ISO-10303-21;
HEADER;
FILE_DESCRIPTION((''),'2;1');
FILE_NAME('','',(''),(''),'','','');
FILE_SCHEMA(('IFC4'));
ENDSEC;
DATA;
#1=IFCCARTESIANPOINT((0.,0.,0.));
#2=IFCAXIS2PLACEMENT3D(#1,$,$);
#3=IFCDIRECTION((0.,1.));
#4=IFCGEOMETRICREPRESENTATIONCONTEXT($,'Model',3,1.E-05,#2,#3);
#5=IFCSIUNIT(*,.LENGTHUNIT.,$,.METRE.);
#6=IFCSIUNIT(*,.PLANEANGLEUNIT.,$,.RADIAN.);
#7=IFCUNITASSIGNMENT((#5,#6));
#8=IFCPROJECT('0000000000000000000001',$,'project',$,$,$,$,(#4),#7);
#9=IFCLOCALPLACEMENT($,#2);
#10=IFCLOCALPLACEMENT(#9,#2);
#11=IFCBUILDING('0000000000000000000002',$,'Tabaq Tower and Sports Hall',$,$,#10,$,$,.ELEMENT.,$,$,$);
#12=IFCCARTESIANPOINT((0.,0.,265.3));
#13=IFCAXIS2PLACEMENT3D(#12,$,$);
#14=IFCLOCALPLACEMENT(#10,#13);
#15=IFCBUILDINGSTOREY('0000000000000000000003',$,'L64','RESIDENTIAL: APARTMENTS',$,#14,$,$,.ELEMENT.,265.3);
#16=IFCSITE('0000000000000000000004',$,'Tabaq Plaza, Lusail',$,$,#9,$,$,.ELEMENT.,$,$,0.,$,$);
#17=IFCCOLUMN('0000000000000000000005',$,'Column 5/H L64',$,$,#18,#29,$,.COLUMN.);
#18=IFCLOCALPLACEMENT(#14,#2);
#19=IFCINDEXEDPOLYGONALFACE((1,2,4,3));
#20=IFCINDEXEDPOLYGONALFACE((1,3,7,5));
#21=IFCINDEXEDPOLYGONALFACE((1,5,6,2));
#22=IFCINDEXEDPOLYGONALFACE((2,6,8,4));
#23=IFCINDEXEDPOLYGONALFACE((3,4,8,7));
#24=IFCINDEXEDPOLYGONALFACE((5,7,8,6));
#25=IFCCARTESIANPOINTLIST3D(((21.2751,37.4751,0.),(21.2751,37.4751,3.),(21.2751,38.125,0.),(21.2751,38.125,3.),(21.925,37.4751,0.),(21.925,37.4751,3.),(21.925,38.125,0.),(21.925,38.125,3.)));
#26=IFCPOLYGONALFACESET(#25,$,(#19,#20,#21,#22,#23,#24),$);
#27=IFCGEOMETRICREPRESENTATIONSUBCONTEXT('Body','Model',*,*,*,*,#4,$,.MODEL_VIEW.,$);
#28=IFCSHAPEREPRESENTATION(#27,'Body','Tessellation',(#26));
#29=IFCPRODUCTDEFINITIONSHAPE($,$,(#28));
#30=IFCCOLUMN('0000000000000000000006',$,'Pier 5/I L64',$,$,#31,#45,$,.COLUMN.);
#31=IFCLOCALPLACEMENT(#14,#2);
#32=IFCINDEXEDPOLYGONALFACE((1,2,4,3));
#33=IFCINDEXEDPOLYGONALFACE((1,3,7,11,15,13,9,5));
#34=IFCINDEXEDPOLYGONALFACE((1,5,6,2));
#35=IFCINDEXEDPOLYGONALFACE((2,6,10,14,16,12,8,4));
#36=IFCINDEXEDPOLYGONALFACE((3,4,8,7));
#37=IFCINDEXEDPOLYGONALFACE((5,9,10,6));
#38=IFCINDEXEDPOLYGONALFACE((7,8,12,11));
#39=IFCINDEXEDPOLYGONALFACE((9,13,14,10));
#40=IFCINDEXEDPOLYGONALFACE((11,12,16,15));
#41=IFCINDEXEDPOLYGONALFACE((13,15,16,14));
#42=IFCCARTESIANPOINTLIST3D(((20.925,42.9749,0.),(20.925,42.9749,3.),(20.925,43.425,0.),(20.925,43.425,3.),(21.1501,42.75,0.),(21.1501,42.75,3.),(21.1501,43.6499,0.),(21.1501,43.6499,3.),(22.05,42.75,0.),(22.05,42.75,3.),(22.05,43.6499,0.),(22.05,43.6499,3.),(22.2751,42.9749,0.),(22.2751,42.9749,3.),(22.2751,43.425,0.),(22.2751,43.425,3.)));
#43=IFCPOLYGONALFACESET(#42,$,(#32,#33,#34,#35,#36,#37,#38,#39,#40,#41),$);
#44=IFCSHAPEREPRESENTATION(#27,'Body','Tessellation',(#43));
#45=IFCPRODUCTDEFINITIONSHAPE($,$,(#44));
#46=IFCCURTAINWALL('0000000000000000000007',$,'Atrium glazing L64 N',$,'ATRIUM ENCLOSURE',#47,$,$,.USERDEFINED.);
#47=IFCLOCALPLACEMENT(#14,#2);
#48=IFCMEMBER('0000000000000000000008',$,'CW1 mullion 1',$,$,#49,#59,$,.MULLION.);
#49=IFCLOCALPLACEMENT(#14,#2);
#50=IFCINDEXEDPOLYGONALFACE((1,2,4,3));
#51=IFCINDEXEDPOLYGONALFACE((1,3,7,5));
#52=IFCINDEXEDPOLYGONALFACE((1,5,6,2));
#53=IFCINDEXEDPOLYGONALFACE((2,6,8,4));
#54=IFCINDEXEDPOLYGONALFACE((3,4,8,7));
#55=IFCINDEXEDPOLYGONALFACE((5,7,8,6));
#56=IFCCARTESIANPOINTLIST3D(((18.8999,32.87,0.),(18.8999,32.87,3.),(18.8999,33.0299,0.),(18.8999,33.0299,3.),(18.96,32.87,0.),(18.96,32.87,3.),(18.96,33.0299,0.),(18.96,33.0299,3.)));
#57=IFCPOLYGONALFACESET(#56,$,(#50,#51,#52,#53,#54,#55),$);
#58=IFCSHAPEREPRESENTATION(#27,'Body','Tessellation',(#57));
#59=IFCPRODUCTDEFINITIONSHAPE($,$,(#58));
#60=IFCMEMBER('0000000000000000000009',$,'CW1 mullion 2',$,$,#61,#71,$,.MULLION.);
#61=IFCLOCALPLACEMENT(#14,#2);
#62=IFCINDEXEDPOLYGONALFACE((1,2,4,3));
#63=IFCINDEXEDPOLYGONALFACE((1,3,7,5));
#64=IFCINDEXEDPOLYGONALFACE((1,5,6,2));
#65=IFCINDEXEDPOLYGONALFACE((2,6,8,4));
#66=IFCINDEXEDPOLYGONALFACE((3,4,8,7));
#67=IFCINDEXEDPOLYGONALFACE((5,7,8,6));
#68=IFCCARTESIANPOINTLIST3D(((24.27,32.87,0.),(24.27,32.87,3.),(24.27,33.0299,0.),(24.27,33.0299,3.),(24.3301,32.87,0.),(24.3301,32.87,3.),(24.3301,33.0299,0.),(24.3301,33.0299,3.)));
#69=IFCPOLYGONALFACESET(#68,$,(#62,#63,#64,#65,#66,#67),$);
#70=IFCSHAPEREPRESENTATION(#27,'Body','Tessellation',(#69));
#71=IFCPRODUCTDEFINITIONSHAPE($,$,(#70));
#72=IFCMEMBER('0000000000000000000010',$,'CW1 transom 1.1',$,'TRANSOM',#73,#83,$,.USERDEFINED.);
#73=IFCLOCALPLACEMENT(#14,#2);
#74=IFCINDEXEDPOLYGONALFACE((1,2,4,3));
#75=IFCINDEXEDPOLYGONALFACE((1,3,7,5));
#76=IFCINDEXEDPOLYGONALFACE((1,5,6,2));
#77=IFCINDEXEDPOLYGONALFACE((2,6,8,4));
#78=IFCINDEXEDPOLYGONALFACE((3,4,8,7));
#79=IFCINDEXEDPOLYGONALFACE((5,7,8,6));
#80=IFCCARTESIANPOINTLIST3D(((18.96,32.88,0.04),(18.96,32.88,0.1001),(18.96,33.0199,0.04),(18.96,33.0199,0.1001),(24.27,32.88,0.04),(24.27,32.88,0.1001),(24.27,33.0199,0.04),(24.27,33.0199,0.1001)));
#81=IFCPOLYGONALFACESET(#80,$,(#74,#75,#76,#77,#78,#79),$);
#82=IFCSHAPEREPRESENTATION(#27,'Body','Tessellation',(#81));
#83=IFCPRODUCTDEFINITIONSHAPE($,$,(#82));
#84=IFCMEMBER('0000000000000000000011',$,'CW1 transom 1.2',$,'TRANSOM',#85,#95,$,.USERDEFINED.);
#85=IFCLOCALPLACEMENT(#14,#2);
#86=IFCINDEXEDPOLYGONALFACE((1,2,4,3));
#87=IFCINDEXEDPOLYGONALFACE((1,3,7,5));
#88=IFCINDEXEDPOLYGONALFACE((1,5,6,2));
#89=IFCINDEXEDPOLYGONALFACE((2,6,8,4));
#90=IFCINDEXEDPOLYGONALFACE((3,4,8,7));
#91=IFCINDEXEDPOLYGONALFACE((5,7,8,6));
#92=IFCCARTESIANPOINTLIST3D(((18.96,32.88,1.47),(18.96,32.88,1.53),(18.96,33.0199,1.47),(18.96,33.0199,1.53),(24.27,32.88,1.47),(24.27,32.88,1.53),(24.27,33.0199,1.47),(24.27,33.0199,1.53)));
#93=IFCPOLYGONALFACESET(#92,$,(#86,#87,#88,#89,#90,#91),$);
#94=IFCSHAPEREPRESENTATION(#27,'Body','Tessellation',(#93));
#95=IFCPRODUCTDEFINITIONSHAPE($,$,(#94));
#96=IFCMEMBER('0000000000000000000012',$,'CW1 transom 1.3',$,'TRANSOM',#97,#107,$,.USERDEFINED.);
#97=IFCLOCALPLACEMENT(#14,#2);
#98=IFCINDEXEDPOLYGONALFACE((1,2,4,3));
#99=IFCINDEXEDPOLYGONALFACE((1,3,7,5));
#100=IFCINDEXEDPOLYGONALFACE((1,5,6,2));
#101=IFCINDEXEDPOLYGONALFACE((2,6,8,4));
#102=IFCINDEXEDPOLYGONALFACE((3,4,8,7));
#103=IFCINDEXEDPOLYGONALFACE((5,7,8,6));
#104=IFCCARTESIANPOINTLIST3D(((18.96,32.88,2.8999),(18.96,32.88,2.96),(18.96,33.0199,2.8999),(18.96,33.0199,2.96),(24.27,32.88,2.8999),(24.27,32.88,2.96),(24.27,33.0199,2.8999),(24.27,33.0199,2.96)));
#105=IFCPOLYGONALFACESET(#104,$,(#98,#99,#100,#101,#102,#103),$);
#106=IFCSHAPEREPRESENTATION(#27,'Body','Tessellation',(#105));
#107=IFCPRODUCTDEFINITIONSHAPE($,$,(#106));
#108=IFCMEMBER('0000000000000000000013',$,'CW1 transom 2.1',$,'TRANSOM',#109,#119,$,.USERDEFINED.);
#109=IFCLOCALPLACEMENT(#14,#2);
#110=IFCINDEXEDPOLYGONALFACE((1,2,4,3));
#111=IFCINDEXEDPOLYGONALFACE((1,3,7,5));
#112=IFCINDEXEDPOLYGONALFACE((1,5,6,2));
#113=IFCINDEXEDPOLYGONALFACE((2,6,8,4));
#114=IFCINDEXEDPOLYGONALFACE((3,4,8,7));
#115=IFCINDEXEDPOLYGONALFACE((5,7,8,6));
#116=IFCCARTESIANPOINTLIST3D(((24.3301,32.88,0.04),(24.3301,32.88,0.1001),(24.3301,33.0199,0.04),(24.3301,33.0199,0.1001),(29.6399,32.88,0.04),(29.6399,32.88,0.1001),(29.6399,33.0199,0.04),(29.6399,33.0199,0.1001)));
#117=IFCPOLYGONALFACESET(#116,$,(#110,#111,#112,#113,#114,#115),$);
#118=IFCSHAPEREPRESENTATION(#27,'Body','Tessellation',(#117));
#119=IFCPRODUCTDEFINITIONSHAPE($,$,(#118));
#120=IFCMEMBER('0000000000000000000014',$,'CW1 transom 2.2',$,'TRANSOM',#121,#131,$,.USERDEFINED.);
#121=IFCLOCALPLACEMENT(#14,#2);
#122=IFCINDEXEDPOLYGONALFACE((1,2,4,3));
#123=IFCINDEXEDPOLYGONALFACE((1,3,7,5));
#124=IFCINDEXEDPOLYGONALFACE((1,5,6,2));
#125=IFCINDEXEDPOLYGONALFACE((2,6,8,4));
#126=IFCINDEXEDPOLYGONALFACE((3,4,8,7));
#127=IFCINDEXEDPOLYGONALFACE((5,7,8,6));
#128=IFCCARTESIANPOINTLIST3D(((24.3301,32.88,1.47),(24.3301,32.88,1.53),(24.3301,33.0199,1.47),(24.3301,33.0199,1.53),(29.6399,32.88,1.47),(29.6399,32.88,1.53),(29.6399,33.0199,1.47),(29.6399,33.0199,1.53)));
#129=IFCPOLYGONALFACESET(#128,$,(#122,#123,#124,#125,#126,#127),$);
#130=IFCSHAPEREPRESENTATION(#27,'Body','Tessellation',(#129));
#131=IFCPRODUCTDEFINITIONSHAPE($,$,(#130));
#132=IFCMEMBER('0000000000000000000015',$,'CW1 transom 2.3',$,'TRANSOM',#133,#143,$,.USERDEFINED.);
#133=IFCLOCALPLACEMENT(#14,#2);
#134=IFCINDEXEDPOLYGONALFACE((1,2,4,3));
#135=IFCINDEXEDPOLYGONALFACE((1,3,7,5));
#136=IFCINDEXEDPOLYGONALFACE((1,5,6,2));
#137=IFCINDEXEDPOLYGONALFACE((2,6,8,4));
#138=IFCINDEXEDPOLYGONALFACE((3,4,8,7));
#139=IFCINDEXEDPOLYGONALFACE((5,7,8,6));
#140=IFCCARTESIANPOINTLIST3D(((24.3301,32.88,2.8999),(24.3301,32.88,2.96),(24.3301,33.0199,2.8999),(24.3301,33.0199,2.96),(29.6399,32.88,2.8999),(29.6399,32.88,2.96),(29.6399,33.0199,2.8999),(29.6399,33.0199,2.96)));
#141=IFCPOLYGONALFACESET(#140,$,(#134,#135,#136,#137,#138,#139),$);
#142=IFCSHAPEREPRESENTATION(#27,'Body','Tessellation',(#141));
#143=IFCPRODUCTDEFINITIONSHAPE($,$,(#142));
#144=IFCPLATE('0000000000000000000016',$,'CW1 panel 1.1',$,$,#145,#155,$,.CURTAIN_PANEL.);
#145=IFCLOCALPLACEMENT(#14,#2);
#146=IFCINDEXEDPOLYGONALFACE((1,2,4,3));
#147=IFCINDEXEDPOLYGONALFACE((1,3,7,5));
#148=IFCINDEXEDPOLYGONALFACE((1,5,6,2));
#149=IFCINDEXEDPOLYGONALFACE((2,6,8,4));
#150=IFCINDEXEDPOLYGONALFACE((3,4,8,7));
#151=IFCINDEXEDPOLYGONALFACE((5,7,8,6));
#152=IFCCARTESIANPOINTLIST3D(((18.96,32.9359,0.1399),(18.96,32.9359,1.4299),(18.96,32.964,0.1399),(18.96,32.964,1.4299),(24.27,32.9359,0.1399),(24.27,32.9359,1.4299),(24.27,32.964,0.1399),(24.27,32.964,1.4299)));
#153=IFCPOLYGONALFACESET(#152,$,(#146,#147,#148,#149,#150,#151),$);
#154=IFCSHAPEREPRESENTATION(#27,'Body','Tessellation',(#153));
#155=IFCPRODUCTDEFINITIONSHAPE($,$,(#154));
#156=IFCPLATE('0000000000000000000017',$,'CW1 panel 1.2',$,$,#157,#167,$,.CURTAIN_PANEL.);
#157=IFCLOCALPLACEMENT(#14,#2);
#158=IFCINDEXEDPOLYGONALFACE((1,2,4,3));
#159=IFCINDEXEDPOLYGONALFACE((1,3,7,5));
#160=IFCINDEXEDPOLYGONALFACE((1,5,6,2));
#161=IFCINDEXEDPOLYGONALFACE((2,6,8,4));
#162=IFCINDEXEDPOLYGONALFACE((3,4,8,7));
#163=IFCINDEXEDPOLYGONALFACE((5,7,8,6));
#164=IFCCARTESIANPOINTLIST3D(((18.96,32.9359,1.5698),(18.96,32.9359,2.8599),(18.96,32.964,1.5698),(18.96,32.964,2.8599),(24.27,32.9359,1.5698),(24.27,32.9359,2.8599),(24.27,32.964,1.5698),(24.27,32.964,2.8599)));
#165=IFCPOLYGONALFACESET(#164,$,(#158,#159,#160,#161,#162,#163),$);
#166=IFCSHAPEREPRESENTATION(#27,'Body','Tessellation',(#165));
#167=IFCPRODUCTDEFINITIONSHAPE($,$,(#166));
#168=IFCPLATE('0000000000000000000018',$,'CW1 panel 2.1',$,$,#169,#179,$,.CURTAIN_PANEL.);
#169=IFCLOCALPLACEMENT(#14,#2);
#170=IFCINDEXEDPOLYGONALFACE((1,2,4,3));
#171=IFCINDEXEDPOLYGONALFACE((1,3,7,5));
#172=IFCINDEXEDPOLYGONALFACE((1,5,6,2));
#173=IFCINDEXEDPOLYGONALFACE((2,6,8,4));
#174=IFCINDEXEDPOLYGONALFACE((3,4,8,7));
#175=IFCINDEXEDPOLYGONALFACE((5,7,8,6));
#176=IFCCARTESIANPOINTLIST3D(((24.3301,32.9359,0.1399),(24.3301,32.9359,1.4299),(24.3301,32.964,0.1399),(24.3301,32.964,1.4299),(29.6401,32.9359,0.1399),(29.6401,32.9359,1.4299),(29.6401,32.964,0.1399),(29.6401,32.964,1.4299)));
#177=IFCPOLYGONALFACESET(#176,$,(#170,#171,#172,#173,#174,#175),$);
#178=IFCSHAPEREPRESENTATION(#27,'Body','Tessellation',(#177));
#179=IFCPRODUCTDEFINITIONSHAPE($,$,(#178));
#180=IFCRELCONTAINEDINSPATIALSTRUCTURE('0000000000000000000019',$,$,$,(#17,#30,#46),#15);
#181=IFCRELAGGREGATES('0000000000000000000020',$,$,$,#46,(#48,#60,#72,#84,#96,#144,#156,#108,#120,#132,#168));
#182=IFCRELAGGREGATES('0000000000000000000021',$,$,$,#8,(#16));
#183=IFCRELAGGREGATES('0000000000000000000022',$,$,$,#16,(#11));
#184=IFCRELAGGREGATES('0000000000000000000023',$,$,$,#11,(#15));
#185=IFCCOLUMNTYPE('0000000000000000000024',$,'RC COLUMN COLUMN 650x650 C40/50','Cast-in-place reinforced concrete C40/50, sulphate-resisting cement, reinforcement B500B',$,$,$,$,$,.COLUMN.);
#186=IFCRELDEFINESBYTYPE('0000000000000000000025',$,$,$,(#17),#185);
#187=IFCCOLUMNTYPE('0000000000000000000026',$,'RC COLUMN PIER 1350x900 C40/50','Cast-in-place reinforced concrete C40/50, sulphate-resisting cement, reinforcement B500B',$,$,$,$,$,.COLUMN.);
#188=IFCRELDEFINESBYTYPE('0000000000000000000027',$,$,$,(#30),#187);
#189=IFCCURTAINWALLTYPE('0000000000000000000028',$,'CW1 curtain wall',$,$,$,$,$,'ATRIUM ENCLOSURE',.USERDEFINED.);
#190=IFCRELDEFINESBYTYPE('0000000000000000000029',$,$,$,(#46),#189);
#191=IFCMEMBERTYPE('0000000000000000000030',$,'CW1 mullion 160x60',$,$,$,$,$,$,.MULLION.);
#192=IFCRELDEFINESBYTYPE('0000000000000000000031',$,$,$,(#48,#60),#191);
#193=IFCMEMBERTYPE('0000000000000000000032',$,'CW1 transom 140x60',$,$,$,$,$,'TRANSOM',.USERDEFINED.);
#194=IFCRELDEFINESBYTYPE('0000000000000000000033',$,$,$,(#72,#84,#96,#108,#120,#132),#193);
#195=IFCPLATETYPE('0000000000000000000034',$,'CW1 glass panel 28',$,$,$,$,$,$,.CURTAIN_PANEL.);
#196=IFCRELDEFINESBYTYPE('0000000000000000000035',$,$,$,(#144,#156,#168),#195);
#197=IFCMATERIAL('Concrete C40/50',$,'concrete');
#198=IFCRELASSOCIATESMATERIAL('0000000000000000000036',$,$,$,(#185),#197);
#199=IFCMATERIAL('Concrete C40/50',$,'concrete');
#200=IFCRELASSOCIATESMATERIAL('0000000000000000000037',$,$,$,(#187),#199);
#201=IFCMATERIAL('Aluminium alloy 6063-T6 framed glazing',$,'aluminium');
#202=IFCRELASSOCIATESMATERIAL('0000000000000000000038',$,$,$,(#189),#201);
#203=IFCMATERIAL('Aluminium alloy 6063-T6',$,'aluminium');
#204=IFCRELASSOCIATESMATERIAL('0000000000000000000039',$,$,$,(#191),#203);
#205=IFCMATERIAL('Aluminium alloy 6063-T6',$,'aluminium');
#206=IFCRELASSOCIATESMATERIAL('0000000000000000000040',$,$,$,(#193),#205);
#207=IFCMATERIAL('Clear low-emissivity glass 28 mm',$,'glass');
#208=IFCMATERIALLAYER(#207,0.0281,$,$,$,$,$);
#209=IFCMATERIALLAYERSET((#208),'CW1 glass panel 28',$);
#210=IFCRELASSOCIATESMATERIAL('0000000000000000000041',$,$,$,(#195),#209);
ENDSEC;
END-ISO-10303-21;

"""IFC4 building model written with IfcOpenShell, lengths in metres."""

from ifc_helpers import new_model, si_unit, direction, frame, origin, origin_2d, place, context, subcontext, project, spatial, polyline, rectangle, outline, extrude, material, layer, layer_set, material_profile, profile_set, type_object, element, aggregate, save


model = new_model("IFC4")

# Units and contexts
model_context = context("Model", 3, precision=1e-05, world=origin(), true_north=direction((0.0, 1.0)))
body_context = subcontext(model_context, "Body", "Model", "MODEL_VIEW")
ifc_project = project(units=[si_unit("LENGTHUNIT", "METRE"), si_unit("PLANEANGLEUNIT", "RADIAN")], contexts=[model_context])

# Site, building, storey
site_placement = place(None, origin())
site = spatial("IfcSite", under=ifc_project, at=site_placement, Name="Tabaq Plaza, Lusail", CompositionType="ELEMENT", RefElevation=0.0)
building_placement = place(site_placement, origin())
building = spatial("IfcBuilding", under=site, at=building_placement, Name="Tabaq Tower and Sports Hall", CompositionType="ELEMENT")
storey_placement = place(building_placement, frame((0.0, 0.0, 265.3)))
storey = spatial("IfcBuildingStorey", under=building, at=storey_placement, Name="L64", Description="RESIDENTIAL: APARTMENTS", CompositionType="ELEMENT", Elevation=265.3)

# Columns
ifc_material_1 = material(Name="Concrete C40/50", Category="concrete")
ifc_material_profile_1 = material_profile(ifc_material_1, rectangle(XDim=0.6499, YDim=0.6499, at=origin_2d()), Name="COLUMN 650x650")
ifc_profile_set_1 = profile_set([ifc_material_profile_1], Name="Concrete C40/50")
column_type_1 = type_object("IfcColumnType", Name="RC COLUMN COLUMN 650x650 C40/50", Description="Cast-in-place reinforced concrete C40/50, sulphate-resisting cement, reinforcement B500B", PredefinedType="COLUMN", material=ifc_profile_set_1)
column_1_placement = place(storey_placement, frame((21.6001, 37.8, 0.0), z_axis=(0.0, 0.0, 1.0), x_axis=(1.0, 0.0, 0.0)))
element("IfcColumn", 1, at=column_1_placement, inside=storey, type_object=column_type_1, Name="Column 5/H L64", PredefinedType="COLUMN", context=body_context, shape_type="SweptSolid", body=[
    extrude(rectangle(XDim=0.6499, YDim=0.6499, at=origin_2d()), origin(), (0.0, 0.0, 1.0), 3.0),
])
ifc_material_2 = material(Name="Concrete C40/50", Category="concrete")
ifc_material_profile_2 = material_profile(ifc_material_2, outline(polyline([(-0.45, -0.45), (0.45, -0.45), (0.675, -0.2251), (0.675, 0.2251), (0.45, 0.45), (-0.45, 0.45), (-0.675, 0.2251), (-0.675, -0.2251), (-0.45, -0.45)])), Name="PIER 1350x900")
ifc_profile_set_2 = profile_set([ifc_material_profile_2], Name="Concrete C40/50")
column_type_2 = type_object("IfcColumnType", Name="RC COLUMN PIER 1350x900 C40/50", Description="Cast-in-place reinforced concrete C40/50, sulphate-resisting cement, reinforcement B500B", PredefinedType="COLUMN", material=ifc_profile_set_2)
column_2_placement = place(storey_placement, frame((21.6001, 43.2, 0.0), z_axis=(0.0, 0.0, 1.0), x_axis=(1.0, 0.0, 0.0)))
element("IfcColumn", 2, at=column_2_placement, inside=storey, type_object=column_type_2, Name="Pier 5/I L64", PredefinedType="COLUMN", context=body_context, shape_type="SweptSolid", body=[
    extrude(outline(polyline([(-0.45, -0.45), (0.45, -0.45), (0.675, -0.2251), (0.675, 0.2251), (0.45, 0.45), (-0.45, 0.45), (-0.675, 0.2251), (-0.675, -0.2251), (-0.45, -0.45)])), origin(), (0.0, 0.0, 1.0), 3.0),
])

# Curtain wall, members, plates
ifc_material_3 = material(Name="Aluminium alloy 6063-T6 framed glazing", Category="aluminium")
curtain_wall_type = type_object("IfcCurtainWallType", Name="CW1 curtain wall", ElementType="ATRIUM ENCLOSURE", PredefinedType="USERDEFINED", material=ifc_material_3)
curtain_wall_placement = place(storey_placement, origin())
curtain_wall = element("IfcCurtainWall", 3, at=curtain_wall_placement, inside=storey, type_object=curtain_wall_type, Name="Atrium glazing L64 N", ObjectType="ATRIUM ENCLOSURE", PredefinedType="USERDEFINED")
ifc_material_4 = material(Name="Aluminium alloy 6063-T6", Category="aluminium")
ifc_material_profile_3 = material_profile(ifc_material_4, rectangle(XDim=0.1599, YDim=0.0601, at=origin_2d()), Name="MULLION 160x60")
ifc_profile_set_3 = profile_set([ifc_material_profile_3], Name="Aluminium alloy 6063-T6")
member_type_1 = type_object("IfcMemberType", Name="CW1 mullion 160x60", PredefinedType="MULLION", material=ifc_profile_set_3)
member_1_placement = place(storey_placement, frame((18.9299, 32.95, 0.0), z_axis=(0.0, 0.0, 1.0), x_axis=(0.0, 1.0, 0.0)))
member_1 = element("IfcMember", 4, at=member_1_placement, type_object=member_type_1, Name="CW1 mullion 1", PredefinedType="MULLION", context=body_context, shape_type="SweptSolid", body=[
    extrude(rectangle(XDim=0.1599, YDim=0.0601, at=origin_2d()), origin(), (0.0, 0.0, 1.0), 3.0),
])
member_2_placement = place(storey_placement, frame((24.3, 32.95, 0.0), z_axis=(0.0, 0.0, 1.0), x_axis=(0.0, 1.0, 0.0)))
member_2 = element("IfcMember", 5, at=member_2_placement, type_object=member_type_1, Name="CW1 mullion 2", PredefinedType="MULLION", context=body_context, shape_type="SweptSolid", body=[
    extrude(rectangle(XDim=0.1599, YDim=0.0601, at=origin_2d()), origin(), (0.0, 0.0, 1.0), 3.0),
])
ifc_material_5 = material(Name="Aluminium alloy 6063-T6", Category="aluminium")
ifc_material_profile_4 = material_profile(ifc_material_5, rectangle(XDim=0.1399, YDim=0.0601, at=origin_2d()), Name="TRANSOM 140x60")
ifc_profile_set_4 = profile_set([ifc_material_profile_4], Name="Aluminium alloy 6063-T6")
member_type_2 = type_object("IfcMemberType", Name="CW1 transom 140x60", ElementType="TRANSOM", PredefinedType="USERDEFINED", material=ifc_profile_set_4)
member_3_placement = place(storey_placement, frame((18.96, 32.95, 0.0701), z_axis=(1.0, 0.0, 0.0), x_axis=(0.0, 1.0, 0.0)))
member_3 = element("IfcMember", 6, at=member_3_placement, type_object=member_type_2, Name="CW1 transom 1.1", ObjectType="TRANSOM", PredefinedType="USERDEFINED", context=body_context, shape_type="SweptSolid", body=[
    extrude(rectangle(XDim=0.1399, YDim=0.0601, at=origin_2d()), origin(), (0.0, 0.0, 1.0), 5.3101),
])
member_4_placement = place(storey_placement, frame((18.96, 32.95, 1.5), z_axis=(1.0, 0.0, 0.0), x_axis=(0.0, 1.0, 0.0)))
member_4 = element("IfcMember", 7, at=member_4_placement, type_object=member_type_2, Name="CW1 transom 1.2", ObjectType="TRANSOM", PredefinedType="USERDEFINED", context=body_context, shape_type="SweptSolid", body=[
    extrude(rectangle(XDim=0.1399, YDim=0.0601, at=origin_2d()), origin(), (0.0, 0.0, 1.0), 5.3101),
])
member_5_placement = place(storey_placement, frame((18.96, 32.95, 2.9299), z_axis=(1.0, 0.0, 0.0), x_axis=(0.0, 1.0, 0.0)))
member_5 = element("IfcMember", 8, at=member_5_placement, type_object=member_type_2, Name="CW1 transom 1.3", ObjectType="TRANSOM", PredefinedType="USERDEFINED", context=body_context, shape_type="SweptSolid", body=[
    extrude(rectangle(XDim=0.1399, YDim=0.0601, at=origin_2d()), origin(), (0.0, 0.0, 1.0), 5.3101),
])
member_6_placement = place(storey_placement, frame((24.3301, 32.95, 0.0701), z_axis=(1.0, 0.0, 0.0), x_axis=(0.0, 1.0, 0.0)))
member_6 = element("IfcMember", 9, at=member_6_placement, type_object=member_type_2, Name="CW1 transom 2.1", ObjectType="TRANSOM", PredefinedType="USERDEFINED", context=body_context, shape_type="SweptSolid", body=[
    extrude(rectangle(XDim=0.1399, YDim=0.0601, at=origin_2d()), origin(), (0.0, 0.0, 1.0), 5.3098),
])
member_7_placement = place(storey_placement, frame((24.3301, 32.95, 1.5), z_axis=(1.0, 0.0, 0.0), x_axis=(0.0, 1.0, 0.0)))
member_7 = element("IfcMember", 10, at=member_7_placement, type_object=member_type_2, Name="CW1 transom 2.2", ObjectType="TRANSOM", PredefinedType="USERDEFINED", context=body_context, shape_type="SweptSolid", body=[
    extrude(rectangle(XDim=0.1399, YDim=0.0601, at=origin_2d()), origin(), (0.0, 0.0, 1.0), 5.3098),
])
member_8_placement = place(storey_placement, frame((24.3301, 32.95, 2.9299), z_axis=(1.0, 0.0, 0.0), x_axis=(0.0, 1.0, 0.0)))
member_8 = element("IfcMember", 11, at=member_8_placement, type_object=member_type_2, Name="CW1 transom 2.3", ObjectType="TRANSOM", PredefinedType="USERDEFINED", context=body_context, shape_type="SweptSolid", body=[
    extrude(rectangle(XDim=0.1399, YDim=0.0601, at=origin_2d()), origin(), (0.0, 0.0, 1.0), 5.3098),
])
ifc_material_6 = material(Name="Clear low-emissivity glass 28 mm", Category="glass")
ifc_layer_1 = layer(ifc_material_6, 0.0281)
ifc_layer_set_1 = layer_set([ifc_layer_1], Name="CW1 glass panel 28")
plate_type = type_object("IfcPlateType", Name="CW1 glass panel 28", PredefinedType="CURTAIN_PANEL", material=ifc_layer_set_1)
plate_1_placement = place(storey_placement, frame((21.615, 32.95, 0.1399), z_axis=(0.0, 0.0, 1.0), x_axis=(1.0, 0.0, 0.0)))
plate_1 = element("IfcPlate", 12, at=plate_1_placement, type_object=plate_type, Name="CW1 panel 1.1", PredefinedType="CURTAIN_PANEL", context=body_context, shape_type="SweptSolid", body=[
    extrude(rectangle(XDim=5.3101, YDim=0.0281, at=origin_2d()), origin(), (0.0, 0.0, 1.0), 1.29),
])
plate_2_placement = place(storey_placement, frame((21.615, 32.95, 1.5698), z_axis=(0.0, 0.0, 1.0), x_axis=(1.0, 0.0, 0.0)))
plate_2 = element("IfcPlate", 13, at=plate_2_placement, type_object=plate_type, Name="CW1 panel 1.2", PredefinedType="CURTAIN_PANEL", context=body_context, shape_type="SweptSolid", body=[
    extrude(rectangle(XDim=5.3101, YDim=0.0281, at=origin_2d()), origin(), (0.0, 0.0, 1.0), 1.29),
])
plate_3_placement = place(storey_placement, frame((26.9851, 32.95, 0.1399), z_axis=(0.0, 0.0, 1.0), x_axis=(1.0, 0.0, 0.0)))
plate_3 = element("IfcPlate", 14, at=plate_3_placement, type_object=plate_type, Name="CW1 panel 2.1", PredefinedType="CURTAIN_PANEL", context=body_context, shape_type="SweptSolid", body=[
    extrude(rectangle(XDim=5.3101, YDim=0.0281, at=origin_2d()), origin(), (0.0, 0.0, 1.0), 1.29),
])
aggregate(curtain_wall, [member_1, member_2, member_3, member_4, member_5, plate_1, plate_2, member_6, member_7, member_8, plate_3])

save(model, "model.ifc")
